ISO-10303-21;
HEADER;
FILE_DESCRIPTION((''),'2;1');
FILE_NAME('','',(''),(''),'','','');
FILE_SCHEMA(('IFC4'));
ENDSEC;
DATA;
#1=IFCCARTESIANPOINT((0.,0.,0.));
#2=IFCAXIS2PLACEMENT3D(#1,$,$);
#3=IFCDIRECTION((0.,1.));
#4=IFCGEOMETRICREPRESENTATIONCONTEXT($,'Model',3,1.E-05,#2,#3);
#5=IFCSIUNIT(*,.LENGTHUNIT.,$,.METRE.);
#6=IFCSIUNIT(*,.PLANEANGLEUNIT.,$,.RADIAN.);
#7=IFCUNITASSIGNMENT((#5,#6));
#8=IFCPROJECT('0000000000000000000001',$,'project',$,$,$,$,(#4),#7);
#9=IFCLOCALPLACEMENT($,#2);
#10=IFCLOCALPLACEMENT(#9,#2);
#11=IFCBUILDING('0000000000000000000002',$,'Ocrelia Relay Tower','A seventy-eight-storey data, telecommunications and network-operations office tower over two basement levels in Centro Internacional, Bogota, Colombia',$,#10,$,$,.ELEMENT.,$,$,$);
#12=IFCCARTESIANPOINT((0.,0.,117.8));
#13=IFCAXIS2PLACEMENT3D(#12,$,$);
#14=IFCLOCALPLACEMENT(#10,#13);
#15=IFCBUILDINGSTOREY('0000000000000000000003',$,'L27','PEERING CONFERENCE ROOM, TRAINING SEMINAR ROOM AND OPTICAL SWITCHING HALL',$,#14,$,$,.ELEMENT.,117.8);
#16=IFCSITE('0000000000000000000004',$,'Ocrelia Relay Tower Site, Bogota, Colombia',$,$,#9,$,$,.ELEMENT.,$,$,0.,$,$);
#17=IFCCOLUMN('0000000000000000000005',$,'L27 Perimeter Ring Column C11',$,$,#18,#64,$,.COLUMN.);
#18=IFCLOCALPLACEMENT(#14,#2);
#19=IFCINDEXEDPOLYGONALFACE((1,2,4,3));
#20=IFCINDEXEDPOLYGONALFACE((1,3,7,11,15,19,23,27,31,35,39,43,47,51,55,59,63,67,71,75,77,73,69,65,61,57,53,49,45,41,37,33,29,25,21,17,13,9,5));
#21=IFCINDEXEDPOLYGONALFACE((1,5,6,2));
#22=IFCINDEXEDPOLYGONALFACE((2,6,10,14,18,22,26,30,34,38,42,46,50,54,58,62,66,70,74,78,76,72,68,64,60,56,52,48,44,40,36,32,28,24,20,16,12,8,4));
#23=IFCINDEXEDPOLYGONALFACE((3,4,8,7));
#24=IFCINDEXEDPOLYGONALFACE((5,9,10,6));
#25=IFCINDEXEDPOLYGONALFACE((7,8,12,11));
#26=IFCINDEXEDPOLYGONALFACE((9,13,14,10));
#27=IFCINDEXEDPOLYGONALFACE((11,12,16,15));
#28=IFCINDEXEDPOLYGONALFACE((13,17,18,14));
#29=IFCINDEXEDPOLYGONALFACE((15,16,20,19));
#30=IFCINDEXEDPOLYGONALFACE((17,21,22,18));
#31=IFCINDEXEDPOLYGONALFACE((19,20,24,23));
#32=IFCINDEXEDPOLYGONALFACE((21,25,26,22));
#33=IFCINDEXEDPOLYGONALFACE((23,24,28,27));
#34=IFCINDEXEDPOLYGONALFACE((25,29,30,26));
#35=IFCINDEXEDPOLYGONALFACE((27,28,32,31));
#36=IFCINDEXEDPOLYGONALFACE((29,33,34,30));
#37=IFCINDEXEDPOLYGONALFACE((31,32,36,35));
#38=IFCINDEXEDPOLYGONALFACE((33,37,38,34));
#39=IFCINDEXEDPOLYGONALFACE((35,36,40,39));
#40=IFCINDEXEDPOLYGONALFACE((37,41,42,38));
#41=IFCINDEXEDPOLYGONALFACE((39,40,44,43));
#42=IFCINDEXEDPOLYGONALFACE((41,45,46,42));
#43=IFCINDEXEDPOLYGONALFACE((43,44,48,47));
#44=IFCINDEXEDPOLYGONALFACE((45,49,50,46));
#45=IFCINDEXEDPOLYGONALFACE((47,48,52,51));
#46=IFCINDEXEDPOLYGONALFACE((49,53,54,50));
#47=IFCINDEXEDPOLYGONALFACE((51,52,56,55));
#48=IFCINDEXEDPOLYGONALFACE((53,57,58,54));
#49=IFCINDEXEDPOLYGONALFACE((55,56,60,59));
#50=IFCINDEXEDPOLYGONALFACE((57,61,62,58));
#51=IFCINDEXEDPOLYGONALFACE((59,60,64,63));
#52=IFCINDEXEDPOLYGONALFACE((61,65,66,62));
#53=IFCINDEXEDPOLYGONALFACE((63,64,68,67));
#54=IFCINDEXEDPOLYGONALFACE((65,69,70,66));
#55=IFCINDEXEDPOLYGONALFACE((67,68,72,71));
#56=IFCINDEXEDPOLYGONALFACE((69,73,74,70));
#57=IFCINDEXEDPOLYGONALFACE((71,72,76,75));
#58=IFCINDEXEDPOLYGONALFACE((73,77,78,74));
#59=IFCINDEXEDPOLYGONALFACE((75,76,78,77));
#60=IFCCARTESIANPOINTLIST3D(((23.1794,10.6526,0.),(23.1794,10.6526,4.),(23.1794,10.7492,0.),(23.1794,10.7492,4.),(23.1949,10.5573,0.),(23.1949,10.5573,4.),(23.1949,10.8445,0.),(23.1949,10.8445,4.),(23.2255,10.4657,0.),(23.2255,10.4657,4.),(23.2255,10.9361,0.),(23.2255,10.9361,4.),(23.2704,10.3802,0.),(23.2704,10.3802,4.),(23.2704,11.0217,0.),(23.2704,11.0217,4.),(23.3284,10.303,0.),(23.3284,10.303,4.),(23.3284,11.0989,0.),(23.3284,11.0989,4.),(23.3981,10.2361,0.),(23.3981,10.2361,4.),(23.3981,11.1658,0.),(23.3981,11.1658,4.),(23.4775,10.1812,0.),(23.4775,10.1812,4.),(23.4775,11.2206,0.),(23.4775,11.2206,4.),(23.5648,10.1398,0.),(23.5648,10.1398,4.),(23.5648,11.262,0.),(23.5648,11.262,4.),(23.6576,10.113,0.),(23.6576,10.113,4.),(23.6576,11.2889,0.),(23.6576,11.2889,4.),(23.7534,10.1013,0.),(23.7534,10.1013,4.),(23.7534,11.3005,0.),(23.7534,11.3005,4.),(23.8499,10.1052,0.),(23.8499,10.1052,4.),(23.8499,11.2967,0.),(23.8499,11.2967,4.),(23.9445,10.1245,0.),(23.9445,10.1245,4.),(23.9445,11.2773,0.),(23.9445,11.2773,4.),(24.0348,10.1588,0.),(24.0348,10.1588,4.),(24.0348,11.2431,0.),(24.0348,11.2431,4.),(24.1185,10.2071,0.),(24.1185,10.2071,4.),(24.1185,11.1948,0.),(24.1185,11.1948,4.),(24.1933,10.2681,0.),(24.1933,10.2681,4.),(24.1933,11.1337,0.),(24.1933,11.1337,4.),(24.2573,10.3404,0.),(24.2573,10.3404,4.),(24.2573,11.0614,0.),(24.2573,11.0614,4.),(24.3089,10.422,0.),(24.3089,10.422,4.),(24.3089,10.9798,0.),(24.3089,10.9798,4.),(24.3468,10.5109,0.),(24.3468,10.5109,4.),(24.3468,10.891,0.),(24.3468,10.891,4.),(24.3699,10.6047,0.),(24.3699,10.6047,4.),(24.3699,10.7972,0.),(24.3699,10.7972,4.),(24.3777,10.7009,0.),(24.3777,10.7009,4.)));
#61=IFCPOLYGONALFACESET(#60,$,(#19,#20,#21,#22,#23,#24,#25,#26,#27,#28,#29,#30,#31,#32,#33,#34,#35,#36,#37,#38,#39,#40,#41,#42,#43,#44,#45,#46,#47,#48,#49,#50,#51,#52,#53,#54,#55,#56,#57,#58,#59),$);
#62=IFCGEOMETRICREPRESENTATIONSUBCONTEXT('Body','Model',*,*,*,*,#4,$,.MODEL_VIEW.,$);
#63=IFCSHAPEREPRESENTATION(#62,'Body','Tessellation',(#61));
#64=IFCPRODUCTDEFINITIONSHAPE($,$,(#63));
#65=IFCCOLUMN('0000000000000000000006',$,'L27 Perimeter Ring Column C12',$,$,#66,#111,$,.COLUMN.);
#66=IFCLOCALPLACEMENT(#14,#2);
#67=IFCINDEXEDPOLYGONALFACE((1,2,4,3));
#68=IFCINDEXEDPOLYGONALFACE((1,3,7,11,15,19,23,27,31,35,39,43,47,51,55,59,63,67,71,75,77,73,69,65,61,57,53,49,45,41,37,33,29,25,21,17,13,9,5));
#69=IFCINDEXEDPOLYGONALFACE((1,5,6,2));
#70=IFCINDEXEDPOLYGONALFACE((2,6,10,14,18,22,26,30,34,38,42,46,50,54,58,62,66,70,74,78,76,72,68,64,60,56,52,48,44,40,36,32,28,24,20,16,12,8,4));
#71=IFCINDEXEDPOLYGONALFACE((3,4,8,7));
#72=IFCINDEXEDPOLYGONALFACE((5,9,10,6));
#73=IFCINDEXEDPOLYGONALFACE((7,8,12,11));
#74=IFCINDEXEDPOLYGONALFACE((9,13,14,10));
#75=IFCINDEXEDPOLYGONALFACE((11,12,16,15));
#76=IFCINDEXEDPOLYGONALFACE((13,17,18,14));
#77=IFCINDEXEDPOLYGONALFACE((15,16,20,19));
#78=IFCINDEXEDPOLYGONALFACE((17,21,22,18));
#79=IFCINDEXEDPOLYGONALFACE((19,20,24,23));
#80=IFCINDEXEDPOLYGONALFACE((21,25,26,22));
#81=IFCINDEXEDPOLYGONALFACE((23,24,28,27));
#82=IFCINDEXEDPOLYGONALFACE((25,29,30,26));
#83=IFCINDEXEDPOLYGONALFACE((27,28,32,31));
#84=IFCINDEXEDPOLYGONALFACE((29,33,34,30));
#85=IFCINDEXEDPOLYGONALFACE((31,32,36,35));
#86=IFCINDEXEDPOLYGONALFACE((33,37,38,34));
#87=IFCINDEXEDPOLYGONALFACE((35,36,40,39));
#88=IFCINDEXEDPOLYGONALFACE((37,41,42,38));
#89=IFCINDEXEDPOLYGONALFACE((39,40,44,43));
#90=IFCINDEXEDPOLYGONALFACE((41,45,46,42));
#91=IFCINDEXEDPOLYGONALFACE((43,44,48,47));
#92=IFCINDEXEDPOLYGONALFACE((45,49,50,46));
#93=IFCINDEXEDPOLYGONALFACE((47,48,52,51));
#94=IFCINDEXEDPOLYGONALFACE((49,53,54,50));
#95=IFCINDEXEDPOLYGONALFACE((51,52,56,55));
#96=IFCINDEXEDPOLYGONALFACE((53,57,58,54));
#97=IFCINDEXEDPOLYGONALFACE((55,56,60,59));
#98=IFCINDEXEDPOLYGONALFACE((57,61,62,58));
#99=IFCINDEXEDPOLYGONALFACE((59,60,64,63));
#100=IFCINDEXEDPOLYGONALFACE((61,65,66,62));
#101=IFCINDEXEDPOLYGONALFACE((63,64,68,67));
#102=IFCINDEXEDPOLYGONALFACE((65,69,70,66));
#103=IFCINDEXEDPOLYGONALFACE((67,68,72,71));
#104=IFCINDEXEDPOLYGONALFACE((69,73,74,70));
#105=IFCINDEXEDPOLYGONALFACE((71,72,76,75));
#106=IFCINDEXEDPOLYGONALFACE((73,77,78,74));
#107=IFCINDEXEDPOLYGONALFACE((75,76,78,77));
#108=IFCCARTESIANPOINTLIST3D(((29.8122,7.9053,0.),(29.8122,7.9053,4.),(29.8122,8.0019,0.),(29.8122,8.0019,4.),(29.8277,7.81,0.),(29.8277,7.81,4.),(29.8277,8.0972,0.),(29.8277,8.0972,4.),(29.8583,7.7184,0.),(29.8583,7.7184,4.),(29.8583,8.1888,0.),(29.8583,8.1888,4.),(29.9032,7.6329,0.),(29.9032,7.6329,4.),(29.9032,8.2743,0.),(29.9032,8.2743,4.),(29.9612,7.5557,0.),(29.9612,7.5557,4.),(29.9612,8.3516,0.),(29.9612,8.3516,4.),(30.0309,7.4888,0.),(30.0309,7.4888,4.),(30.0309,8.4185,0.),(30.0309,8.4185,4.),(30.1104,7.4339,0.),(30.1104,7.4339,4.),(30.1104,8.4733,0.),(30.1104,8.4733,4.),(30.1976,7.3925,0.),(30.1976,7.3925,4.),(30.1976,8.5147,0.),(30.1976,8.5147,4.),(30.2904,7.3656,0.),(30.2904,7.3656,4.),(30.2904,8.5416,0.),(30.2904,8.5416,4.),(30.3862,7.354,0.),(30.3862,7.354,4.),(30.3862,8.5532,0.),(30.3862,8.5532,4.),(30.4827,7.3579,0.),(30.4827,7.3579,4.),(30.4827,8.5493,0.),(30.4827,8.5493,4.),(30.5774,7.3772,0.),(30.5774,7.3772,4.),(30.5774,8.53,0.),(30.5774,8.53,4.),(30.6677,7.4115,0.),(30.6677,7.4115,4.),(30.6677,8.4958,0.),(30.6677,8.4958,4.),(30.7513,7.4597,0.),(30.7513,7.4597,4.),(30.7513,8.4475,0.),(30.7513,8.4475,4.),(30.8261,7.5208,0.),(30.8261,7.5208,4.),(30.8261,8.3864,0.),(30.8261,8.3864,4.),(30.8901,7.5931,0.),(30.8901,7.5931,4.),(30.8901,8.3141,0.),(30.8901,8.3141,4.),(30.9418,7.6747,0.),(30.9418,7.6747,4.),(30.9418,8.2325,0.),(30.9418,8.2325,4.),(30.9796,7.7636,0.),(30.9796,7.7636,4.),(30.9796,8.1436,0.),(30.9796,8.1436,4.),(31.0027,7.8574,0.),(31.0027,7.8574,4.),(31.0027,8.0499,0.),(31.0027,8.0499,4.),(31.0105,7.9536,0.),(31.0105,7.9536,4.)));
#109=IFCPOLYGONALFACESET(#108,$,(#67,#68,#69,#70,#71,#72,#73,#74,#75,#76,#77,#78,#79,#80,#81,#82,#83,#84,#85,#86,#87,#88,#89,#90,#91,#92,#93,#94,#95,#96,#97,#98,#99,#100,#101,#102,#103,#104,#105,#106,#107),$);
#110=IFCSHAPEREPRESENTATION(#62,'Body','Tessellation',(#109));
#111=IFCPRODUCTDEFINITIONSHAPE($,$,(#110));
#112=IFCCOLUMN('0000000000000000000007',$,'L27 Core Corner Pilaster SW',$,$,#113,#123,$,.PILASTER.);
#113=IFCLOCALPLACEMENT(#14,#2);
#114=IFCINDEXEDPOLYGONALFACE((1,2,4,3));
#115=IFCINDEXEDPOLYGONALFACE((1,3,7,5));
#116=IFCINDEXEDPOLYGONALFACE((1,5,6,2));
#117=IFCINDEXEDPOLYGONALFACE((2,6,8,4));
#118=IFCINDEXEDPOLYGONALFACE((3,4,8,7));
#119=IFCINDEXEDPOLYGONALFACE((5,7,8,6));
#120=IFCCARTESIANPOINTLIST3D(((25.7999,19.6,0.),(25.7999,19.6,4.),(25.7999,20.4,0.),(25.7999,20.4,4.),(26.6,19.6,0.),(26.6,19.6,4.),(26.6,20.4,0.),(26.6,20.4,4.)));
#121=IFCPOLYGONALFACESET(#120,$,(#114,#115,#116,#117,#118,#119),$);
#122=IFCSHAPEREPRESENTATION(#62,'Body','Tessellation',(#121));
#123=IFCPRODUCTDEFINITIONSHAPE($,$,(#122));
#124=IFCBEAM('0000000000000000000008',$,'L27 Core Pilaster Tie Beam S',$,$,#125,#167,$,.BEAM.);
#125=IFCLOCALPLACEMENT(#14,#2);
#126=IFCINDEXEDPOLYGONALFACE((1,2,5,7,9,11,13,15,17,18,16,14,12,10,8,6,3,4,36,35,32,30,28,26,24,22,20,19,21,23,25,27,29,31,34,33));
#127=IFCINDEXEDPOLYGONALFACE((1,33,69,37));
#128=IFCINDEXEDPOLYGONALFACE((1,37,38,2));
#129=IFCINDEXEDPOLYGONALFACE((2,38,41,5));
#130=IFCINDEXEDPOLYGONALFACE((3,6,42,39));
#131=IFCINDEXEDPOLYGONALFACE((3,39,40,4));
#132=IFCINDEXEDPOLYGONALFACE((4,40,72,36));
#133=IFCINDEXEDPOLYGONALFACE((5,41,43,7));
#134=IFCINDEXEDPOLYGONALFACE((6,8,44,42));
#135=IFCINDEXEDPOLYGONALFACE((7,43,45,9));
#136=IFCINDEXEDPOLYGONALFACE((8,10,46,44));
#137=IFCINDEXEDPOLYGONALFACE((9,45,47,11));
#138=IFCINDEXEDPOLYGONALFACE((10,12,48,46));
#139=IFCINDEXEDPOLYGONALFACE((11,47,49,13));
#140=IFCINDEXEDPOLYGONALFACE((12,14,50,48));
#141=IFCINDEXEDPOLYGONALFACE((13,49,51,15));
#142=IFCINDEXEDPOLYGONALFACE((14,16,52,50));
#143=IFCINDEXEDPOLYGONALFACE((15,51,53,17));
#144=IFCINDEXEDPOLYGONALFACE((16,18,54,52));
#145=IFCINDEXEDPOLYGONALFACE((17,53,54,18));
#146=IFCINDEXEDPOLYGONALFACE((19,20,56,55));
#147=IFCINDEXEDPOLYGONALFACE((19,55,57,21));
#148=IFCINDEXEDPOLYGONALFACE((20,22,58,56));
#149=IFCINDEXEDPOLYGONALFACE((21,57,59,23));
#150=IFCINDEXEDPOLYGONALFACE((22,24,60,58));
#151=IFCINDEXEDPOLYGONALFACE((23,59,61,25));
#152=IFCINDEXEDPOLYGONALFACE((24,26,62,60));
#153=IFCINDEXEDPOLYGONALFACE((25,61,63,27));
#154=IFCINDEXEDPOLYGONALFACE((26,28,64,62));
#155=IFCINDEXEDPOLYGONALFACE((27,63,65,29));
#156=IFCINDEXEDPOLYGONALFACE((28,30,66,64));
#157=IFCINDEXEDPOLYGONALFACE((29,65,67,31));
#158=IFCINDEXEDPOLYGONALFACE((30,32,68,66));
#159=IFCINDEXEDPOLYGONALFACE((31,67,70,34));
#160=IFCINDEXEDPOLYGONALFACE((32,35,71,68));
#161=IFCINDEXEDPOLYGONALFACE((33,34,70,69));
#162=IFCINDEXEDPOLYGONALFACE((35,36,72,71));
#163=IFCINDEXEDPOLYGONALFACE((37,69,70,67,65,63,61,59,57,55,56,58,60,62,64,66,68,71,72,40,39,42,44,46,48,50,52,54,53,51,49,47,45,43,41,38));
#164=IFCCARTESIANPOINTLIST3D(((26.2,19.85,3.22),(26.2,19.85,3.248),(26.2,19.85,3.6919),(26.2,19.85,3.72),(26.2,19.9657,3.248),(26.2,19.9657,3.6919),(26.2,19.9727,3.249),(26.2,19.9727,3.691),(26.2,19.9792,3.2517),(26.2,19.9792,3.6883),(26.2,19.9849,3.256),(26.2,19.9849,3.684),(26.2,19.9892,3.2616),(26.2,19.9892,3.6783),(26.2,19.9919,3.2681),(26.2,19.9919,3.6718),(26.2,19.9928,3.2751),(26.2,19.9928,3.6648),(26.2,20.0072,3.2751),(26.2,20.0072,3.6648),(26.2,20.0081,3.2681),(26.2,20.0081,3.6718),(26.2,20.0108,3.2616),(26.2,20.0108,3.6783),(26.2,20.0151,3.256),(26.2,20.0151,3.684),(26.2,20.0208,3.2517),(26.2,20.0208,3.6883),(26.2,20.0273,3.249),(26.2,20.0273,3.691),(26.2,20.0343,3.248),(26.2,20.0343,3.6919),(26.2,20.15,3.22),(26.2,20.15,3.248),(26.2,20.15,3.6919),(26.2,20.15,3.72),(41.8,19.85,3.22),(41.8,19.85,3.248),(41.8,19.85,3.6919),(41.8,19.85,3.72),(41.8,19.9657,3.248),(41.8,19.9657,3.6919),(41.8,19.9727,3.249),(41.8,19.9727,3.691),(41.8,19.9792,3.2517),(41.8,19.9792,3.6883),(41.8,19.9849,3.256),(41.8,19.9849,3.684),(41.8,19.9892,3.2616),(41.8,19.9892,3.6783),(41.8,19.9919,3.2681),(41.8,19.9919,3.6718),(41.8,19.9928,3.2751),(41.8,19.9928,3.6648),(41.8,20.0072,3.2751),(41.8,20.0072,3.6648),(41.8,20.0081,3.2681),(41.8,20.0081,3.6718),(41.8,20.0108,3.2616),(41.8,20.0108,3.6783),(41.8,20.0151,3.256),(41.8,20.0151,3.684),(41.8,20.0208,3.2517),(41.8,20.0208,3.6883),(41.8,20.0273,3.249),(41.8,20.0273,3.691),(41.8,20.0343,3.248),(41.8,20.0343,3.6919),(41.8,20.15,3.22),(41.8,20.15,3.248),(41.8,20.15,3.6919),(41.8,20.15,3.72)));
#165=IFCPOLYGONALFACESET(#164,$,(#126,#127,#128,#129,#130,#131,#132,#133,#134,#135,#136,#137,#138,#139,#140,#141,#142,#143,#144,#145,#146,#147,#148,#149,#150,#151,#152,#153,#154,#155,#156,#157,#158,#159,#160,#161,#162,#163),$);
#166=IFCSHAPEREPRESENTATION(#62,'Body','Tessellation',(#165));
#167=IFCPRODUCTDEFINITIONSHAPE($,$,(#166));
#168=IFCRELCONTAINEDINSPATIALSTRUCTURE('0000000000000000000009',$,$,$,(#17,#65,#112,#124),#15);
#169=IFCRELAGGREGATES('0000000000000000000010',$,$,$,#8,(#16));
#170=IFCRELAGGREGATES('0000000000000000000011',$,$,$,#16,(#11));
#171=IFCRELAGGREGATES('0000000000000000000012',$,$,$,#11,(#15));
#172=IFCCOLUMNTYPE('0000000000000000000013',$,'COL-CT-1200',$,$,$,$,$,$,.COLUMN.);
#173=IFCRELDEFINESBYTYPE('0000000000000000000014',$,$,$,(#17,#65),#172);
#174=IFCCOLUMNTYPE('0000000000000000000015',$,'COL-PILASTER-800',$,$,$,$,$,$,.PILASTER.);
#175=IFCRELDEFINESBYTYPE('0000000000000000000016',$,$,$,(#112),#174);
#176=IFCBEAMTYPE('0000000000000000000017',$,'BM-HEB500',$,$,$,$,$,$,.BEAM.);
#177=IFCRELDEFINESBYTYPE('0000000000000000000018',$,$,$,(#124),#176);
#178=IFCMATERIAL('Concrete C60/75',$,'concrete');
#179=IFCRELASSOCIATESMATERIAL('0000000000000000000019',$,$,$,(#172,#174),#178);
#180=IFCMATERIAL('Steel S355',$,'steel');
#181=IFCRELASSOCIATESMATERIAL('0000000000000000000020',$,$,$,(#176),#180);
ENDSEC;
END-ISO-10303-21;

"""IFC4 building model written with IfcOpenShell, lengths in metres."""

from ifc_helpers import new_model, si_unit, direction, frame, origin, origin_2d, place, context, subcontext, project, spatial, rectangle, circle, i_section, extrude, material, material_profile, profile_set, type_object, element, save


model = new_model("IFC4")

# Units and contexts
model_context = context("Model", 3, precision=1e-05, world=origin(), true_north=direction((0.0, 1.0)))
body_context = subcontext(model_context, "Body", "Model", "MODEL_VIEW")
ifc_project = project(units=[si_unit("LENGTHUNIT", "METRE"), si_unit("PLANEANGLEUNIT", "RADIAN")], contexts=[model_context])

# Site, building, storey
site_placement = place(None, origin())
site = spatial("IfcSite", under=ifc_project, at=site_placement, Name="Ocrelia Relay Tower Site, Bogota, Colombia", CompositionType="ELEMENT", RefElevation=0.0)
building_placement = place(site_placement, origin())
building = spatial("IfcBuilding", under=site, at=building_placement, Name="Ocrelia Relay Tower", Description="A seventy-eight-storey data, telecommunications and network-operations office tower over two basement levels in Centro Internacional, Bogota, Colombia", CompositionType="ELEMENT")
storey_placement = place(building_placement, frame((0.0, 0.0, 117.8)))
storey = spatial("IfcBuildingStorey", under=building, at=storey_placement, Name="L27", Description="PEERING CONFERENCE ROOM, TRAINING SEMINAR ROOM AND OPTICAL SWITCHING HALL", CompositionType="ELEMENT", Elevation=117.8)

# Columns
ifc_material_1 = material(Name="Concrete C60/75", Category="concrete")
ifc_material_profile_1 = material_profile(ifc_material_1, circle(Radius=0.6001, at=origin_2d()), Name="RC-CIR-1200")
ifc_profile_set_1 = profile_set([ifc_material_profile_1], Name="Concrete C60/75")
column_type_1 = type_object("IfcColumnType", Name="COL-CT-1200", PredefinedType="COLUMN", material=ifc_profile_set_1)
for number, where, z_axis, x_axis, name in (
    (1, (23.7776, 10.7009, 0.0), (0.0, 0.0, 1.0), (1.0, 0.0, 0.0), "L27 Perimeter Ring Column C11"),
    (2, (30.4104, 7.9536, 0.0), (0.0, 0.0, 1.0), (1.0, 0.0, 0.0), "L27 Perimeter Ring Column C12"),
):
    element("IfcColumn", number, at=place(storey_placement, frame(where, z_axis=z_axis, x_axis=x_axis)), inside=storey, type_object=column_type_1, Name=name, PredefinedType="COLUMN", context=body_context, shape_type="SweptSolid", body=[
        extrude(circle(Radius=0.6001, at=origin_2d()), origin(), (0.0, 0.0, 1.0), 4.0),
    ])
ifc_material_profile_2 = material_profile(ifc_material_1, rectangle(XDim=0.8, YDim=0.8, at=origin_2d()), Name="RC-COL-800x800")
ifc_profile_set_2 = profile_set([ifc_material_profile_2], Name="Concrete C60/75")
column_type_2 = type_object("IfcColumnType", Name="COL-PILASTER-800", PredefinedType="PILASTER", material=ifc_profile_set_2)
column_placement = place(storey_placement, frame((26.2, 20.0, 0.0), z_axis=(0.0, 0.0, 1.0), x_axis=(1.0, 0.0, 0.0)))
element("IfcColumn", 3, at=column_placement, inside=storey, type_object=column_type_2, Name="L27 Core Corner Pilaster SW", PredefinedType="PILASTER", context=body_context, shape_type="SweptSolid", body=[
    extrude(rectangle(XDim=0.8, YDim=0.8, at=origin_2d()), origin(), (0.0, 0.0, 1.0), 4.0),
])

# Beam
ifc_material_2 = material(Name="Steel S355", Category="steel")
ifc_material_profile_3 = material_profile(ifc_material_2, i_section(OverallWidth=0.3, OverallDepth=0.5, WebThickness=0.0144, FlangeThickness=0.0281, FilletRadius=0.0271, at=origin_2d()), Name="HEB 500")
ifc_profile_set_3 = profile_set([ifc_material_profile_3], Name="Steel S355")
beam_type_1 = type_object("IfcBeamType", Name="BM-HEB500", PredefinedType="BEAM", material=ifc_profile_set_3)
beam_1_placement = place(storey_placement, frame((26.2, 20.0, 3.47), z_axis=(1.0, 0.0, 0.0), x_axis=(0.0, 1.0, 0.0)))
element("IfcBeam", 4, at=beam_1_placement, inside=storey, type_object=beam_type_1, Name="L27 Core Pilaster Tie Beam S", PredefinedType="BEAM", context=body_context, shape_type="SweptSolid", body=[
    extrude(i_section(OverallWidth=0.3, OverallDepth=0.5, WebThickness=0.0144, FlangeThickness=0.0281, FilletRadius=0.0271, at=origin_2d()), origin(), (0.0, 0.0, 1.0), 15.6001),
])

save(model, "model.ifc")
